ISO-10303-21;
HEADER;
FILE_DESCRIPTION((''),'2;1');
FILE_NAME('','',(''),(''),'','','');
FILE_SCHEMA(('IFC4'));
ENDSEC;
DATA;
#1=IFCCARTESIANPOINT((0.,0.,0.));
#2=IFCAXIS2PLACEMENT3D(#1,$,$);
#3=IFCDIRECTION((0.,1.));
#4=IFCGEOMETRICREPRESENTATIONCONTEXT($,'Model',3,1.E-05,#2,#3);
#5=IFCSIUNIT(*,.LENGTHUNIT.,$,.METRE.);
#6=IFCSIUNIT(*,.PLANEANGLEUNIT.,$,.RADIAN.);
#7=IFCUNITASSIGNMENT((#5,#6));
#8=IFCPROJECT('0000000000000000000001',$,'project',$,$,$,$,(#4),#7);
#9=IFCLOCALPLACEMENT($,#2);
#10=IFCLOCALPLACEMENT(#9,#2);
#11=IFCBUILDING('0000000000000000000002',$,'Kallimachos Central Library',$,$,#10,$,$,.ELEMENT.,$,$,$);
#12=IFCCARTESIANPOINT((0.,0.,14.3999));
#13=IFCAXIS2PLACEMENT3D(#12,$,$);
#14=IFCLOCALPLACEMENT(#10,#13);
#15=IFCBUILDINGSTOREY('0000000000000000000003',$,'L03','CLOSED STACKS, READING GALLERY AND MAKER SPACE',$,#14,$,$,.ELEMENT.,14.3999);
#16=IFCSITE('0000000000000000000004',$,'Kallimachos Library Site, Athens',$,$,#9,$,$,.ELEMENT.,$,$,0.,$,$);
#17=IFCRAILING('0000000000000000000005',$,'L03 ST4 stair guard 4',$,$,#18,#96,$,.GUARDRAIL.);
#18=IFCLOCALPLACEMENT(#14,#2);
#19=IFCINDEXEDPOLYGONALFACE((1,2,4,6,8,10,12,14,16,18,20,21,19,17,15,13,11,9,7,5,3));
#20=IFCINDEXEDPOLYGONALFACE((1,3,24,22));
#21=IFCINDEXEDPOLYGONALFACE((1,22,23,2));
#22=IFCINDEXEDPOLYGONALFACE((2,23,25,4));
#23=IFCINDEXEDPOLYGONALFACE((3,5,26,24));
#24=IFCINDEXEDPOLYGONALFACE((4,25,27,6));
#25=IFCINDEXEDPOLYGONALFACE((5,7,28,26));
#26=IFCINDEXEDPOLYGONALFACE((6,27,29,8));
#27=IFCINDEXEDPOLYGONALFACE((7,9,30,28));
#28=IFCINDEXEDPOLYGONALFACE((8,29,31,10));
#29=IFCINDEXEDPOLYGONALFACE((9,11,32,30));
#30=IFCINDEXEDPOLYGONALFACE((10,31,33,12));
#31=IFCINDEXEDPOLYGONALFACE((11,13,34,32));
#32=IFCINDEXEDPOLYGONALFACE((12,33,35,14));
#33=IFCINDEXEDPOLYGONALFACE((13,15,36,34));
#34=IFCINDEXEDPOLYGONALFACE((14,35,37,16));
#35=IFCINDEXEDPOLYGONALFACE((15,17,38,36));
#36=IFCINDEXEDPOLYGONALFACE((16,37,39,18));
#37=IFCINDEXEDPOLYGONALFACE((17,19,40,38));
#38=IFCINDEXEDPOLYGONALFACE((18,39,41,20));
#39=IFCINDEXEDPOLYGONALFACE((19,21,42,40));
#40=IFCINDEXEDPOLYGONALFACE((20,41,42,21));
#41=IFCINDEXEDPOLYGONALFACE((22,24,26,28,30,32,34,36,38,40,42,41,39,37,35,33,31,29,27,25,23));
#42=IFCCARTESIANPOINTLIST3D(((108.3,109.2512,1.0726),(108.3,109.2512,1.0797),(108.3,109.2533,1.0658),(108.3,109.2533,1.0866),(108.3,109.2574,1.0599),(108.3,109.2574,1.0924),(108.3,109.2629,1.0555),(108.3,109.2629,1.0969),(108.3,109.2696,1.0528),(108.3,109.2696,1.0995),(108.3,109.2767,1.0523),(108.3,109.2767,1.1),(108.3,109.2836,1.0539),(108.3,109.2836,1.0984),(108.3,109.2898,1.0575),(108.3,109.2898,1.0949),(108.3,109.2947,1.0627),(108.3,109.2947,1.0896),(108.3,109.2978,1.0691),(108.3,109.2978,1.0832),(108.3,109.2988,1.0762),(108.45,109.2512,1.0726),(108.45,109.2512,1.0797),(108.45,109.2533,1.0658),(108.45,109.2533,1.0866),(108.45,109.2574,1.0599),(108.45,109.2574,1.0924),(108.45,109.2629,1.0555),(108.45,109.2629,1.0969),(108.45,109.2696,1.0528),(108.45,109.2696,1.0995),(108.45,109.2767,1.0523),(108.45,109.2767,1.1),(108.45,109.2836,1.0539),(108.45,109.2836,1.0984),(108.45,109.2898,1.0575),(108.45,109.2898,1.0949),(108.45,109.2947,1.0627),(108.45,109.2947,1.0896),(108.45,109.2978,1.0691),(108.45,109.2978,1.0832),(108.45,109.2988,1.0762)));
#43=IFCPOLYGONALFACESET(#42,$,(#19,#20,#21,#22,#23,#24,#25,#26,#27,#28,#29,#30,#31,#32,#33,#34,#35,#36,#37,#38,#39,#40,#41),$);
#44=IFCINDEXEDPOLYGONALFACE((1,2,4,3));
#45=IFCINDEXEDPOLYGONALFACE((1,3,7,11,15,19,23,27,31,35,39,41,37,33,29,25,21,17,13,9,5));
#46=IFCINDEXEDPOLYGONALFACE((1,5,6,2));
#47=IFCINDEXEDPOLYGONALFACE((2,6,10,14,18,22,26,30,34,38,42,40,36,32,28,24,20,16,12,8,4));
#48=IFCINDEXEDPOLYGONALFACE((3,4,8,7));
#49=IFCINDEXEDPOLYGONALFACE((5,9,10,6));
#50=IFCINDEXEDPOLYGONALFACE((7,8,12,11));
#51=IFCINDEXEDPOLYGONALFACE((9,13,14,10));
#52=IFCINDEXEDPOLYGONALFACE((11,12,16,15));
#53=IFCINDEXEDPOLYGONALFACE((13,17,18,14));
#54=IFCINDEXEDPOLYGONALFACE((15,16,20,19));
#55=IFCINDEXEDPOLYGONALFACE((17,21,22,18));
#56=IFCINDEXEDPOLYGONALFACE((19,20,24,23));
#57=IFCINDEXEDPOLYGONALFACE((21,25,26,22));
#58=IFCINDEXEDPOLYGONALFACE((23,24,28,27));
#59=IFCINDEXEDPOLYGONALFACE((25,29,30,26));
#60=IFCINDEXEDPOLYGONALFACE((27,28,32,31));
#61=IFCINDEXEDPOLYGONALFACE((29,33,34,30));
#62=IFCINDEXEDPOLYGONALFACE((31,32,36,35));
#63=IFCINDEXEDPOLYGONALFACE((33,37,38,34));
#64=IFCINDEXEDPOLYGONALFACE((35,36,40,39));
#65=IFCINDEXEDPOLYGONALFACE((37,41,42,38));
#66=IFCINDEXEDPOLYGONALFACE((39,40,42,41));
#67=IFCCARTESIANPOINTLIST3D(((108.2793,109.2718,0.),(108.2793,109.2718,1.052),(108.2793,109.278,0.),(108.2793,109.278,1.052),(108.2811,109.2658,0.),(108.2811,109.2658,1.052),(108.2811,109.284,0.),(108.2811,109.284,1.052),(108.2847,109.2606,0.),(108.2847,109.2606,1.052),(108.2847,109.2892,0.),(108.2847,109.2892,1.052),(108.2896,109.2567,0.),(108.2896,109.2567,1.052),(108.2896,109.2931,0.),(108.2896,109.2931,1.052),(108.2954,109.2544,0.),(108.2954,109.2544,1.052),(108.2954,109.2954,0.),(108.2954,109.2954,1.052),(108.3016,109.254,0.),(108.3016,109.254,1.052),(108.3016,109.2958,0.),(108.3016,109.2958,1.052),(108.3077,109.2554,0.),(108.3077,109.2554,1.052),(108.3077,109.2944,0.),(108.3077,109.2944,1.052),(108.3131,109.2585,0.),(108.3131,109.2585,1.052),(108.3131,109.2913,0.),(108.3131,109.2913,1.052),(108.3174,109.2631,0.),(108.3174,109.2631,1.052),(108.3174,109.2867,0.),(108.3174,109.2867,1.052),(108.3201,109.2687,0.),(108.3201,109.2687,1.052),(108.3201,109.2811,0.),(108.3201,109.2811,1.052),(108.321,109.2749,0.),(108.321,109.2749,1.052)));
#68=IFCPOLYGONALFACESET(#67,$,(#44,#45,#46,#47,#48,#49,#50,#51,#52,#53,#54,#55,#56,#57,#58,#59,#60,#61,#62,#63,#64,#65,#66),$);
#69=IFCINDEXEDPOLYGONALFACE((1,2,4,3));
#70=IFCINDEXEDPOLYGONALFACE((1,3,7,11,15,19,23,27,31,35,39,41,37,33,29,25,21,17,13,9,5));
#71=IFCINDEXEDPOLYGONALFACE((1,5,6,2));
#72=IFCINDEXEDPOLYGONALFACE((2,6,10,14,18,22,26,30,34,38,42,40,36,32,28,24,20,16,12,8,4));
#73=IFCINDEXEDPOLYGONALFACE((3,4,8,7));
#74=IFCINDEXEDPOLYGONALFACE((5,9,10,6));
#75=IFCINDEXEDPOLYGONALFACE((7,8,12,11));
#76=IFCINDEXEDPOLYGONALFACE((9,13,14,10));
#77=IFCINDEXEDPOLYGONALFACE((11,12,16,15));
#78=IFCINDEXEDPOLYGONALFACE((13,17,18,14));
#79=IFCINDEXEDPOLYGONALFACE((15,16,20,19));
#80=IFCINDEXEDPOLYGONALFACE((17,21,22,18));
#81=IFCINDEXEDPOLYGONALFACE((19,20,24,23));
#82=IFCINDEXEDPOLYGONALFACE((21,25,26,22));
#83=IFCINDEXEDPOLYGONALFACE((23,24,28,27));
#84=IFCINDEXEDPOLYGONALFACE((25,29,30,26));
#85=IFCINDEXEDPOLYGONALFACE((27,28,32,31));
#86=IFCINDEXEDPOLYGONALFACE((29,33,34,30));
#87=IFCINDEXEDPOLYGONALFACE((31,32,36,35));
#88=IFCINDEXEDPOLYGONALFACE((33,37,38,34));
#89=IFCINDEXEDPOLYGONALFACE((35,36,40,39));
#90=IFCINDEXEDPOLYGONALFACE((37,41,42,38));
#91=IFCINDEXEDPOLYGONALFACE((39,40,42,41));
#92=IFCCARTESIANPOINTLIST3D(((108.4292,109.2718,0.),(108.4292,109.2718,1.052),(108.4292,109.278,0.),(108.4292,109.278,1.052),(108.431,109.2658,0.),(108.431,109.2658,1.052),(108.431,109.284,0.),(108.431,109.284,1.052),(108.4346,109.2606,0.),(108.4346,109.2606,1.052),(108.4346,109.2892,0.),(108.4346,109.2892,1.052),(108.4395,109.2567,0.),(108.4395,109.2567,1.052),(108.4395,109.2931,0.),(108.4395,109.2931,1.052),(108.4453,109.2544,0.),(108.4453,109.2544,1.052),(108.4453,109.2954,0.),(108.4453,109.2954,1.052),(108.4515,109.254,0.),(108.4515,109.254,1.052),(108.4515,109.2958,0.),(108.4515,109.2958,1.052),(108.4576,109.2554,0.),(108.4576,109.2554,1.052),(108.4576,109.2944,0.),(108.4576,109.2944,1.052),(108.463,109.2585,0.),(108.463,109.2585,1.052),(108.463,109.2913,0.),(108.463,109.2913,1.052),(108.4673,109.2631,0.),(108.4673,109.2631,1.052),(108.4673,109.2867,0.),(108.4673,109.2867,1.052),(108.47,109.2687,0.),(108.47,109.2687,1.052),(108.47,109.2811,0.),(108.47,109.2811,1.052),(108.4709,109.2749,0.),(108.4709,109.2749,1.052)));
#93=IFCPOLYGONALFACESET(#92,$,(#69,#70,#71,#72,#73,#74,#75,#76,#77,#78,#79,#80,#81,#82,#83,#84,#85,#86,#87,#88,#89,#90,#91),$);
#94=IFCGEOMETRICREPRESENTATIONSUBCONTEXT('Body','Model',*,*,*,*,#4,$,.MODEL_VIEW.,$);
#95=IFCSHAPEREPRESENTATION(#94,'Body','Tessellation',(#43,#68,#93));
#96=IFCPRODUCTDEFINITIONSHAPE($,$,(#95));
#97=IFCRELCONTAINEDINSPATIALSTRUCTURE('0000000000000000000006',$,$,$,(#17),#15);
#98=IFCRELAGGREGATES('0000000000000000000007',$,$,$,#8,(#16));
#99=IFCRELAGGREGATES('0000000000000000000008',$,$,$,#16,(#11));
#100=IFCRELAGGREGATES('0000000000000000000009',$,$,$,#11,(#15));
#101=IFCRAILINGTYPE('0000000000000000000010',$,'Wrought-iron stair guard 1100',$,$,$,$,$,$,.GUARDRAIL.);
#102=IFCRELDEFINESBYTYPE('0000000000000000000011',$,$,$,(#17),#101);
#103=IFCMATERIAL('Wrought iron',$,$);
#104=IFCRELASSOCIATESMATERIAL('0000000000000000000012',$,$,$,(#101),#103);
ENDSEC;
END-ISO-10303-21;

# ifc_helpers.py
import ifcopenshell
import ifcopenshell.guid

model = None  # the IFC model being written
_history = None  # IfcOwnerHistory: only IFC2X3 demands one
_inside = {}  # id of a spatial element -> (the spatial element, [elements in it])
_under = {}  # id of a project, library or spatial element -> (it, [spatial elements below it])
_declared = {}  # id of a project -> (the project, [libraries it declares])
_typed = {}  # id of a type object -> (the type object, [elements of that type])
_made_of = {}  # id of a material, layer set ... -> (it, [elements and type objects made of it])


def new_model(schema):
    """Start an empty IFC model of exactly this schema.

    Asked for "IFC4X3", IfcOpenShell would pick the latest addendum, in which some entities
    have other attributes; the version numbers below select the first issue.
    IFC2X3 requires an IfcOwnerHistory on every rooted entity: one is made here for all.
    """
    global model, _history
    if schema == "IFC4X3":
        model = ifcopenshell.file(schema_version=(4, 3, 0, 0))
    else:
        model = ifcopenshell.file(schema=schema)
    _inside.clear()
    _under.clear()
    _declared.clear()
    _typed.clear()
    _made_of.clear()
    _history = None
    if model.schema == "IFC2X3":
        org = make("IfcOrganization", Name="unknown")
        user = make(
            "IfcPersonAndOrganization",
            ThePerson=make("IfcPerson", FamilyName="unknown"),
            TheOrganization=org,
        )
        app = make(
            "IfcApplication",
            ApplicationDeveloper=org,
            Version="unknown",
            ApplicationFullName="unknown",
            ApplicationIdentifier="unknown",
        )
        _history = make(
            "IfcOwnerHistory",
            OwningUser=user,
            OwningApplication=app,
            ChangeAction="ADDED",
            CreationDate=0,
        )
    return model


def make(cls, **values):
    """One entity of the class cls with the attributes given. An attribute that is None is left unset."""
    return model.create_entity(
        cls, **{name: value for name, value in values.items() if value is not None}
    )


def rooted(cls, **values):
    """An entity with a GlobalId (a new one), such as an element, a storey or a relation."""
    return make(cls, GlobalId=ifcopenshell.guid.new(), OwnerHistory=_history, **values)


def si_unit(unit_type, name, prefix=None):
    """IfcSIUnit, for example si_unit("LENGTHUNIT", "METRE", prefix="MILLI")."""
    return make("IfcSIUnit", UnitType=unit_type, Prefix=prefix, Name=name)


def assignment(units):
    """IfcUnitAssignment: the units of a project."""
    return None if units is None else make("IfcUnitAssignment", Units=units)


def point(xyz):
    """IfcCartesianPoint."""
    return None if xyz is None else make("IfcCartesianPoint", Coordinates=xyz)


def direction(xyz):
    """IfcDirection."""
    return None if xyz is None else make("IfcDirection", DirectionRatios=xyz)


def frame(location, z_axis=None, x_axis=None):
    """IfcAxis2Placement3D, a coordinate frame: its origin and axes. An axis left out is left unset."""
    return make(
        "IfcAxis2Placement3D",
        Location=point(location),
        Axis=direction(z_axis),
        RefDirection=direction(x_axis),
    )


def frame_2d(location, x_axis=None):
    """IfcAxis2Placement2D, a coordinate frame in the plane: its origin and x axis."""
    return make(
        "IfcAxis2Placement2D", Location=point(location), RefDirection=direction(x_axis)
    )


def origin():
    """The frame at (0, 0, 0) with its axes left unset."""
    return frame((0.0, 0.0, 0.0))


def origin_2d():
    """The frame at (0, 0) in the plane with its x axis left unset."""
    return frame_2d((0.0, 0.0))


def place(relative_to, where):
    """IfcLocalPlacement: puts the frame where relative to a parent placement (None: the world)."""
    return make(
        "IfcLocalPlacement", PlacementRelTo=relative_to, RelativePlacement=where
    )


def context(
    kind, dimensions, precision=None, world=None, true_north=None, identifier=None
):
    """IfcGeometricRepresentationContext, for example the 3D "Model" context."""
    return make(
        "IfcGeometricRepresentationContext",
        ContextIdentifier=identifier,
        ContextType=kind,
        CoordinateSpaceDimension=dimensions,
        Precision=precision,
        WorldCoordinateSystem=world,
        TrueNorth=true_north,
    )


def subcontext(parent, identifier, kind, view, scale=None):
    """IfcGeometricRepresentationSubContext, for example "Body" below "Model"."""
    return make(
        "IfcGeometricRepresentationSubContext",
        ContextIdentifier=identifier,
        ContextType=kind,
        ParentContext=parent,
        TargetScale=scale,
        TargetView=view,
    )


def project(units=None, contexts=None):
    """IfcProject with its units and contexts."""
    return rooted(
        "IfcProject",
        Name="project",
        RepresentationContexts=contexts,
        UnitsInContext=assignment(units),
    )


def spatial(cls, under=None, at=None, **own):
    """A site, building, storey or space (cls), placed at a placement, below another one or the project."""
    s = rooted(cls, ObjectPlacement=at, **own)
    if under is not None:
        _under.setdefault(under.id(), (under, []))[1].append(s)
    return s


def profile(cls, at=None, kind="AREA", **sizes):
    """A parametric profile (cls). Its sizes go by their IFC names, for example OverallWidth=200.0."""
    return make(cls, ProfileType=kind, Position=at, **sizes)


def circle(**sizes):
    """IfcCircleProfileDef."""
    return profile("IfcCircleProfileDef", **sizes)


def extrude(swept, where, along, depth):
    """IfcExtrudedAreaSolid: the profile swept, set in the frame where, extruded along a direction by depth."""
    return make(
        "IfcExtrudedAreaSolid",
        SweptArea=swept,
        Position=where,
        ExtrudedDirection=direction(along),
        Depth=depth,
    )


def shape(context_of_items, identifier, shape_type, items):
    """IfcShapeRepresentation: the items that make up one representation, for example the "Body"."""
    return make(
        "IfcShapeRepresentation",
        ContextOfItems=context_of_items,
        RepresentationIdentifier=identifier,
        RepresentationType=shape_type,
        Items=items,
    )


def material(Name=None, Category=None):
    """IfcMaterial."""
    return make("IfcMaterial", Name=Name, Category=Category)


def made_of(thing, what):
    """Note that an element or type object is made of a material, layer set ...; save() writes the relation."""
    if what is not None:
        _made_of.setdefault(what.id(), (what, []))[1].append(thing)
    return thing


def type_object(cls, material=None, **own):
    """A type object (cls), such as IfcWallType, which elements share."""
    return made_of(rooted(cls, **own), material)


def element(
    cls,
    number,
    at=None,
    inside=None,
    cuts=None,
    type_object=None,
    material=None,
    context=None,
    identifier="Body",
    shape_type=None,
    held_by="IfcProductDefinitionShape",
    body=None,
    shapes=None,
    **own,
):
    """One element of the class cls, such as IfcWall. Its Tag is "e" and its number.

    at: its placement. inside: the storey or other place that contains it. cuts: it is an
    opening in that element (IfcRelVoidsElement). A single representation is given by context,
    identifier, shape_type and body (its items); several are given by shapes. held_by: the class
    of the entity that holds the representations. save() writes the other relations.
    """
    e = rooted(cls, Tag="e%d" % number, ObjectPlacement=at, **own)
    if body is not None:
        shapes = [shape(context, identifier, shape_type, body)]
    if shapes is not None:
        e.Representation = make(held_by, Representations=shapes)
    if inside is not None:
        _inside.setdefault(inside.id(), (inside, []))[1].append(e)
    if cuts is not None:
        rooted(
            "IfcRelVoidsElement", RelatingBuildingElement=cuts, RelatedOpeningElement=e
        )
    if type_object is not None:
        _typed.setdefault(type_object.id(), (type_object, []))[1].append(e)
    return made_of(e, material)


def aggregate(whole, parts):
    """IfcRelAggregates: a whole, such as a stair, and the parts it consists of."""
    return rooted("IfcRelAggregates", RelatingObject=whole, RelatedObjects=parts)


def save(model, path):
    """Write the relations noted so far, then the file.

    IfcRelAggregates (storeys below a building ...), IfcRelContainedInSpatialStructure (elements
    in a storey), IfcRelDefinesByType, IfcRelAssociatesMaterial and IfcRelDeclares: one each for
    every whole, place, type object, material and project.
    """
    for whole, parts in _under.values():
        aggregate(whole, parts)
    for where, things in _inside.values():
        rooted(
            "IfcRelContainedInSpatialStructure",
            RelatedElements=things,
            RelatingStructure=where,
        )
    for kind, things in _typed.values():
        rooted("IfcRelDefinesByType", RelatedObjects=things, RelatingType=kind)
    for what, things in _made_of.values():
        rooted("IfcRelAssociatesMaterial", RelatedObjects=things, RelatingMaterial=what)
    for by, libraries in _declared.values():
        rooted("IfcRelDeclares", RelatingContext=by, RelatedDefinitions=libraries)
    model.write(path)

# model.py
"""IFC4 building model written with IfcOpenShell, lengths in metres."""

from ifc_helpers import new_model, si_unit, direction, frame, origin, origin_2d, place, context, subcontext, project, spatial, circle, extrude, material, type_object, element, save


model = new_model("IFC4")

# Units and contexts
model_context = context("Model", 3, precision=1e-05, world=origin(), true_north=direction((0.0, 1.0)))
body_context = subcontext(model_context, "Body", "Model", "MODEL_VIEW")
ifc_project = project(units=[si_unit("LENGTHUNIT", "METRE"), si_unit("PLANEANGLEUNIT", "RADIAN")], contexts=[model_context])

# Site, building, storey
site_placement = place(None, origin())
site = spatial("IfcSite", under=ifc_project, at=site_placement, Name="Kallimachos Library Site, Athens", CompositionType="ELEMENT", RefElevation=0.0)
building_placement = place(site_placement, origin())
building = spatial("IfcBuilding", under=site, at=building_placement, Name="Kallimachos Central Library", CompositionType="ELEMENT")
storey_placement = place(building_placement, frame((0.0, 0.0, 14.3999)))
storey = spatial("IfcBuildingStorey", under=building, at=storey_placement, Name="L03", Description="CLOSED STACKS, READING GALLERY AND MAKER SPACE", CompositionType="ELEMENT", Elevation=14.3999)

# Railing
ifc_material_1 = material(Name="Wrought iron")
railing_type_1 = type_object("IfcRailingType", Name="Wrought-iron stair guard 1100", PredefinedType="GUARDRAIL", material=ifc_material_1)
railing_1_placement = place(storey_placement, frame((108.3, 109.2749, 0.0)))
element("IfcRailing", 1, at=railing_1_placement, inside=storey, type_object=railing_type_1, Name="L03 ST4 stair guard 4", PredefinedType="GUARDRAIL", context=body_context, shape_type="SweptSolid", body=[
    extrude(circle(Radius=0.0239, at=origin_2d()), frame((0.0, 0.0, 1.0762), z_axis=(1.0, 0.0, 0.0), x_axis=(0.0, 1.0, 0.0)), (0.0, 0.0, 1.0), 0.1499),
    extrude(circle(Radius=0.021, at=origin_2d()), origin(), (0.0, 0.0, 1.0), 1.052),
    extrude(circle(Radius=0.021, at=origin_2d()), frame((0.1499, 0.0, 0.0)), (0.0, 0.0, 1.0), 1.052),
])

save(model, "model.ifc")
